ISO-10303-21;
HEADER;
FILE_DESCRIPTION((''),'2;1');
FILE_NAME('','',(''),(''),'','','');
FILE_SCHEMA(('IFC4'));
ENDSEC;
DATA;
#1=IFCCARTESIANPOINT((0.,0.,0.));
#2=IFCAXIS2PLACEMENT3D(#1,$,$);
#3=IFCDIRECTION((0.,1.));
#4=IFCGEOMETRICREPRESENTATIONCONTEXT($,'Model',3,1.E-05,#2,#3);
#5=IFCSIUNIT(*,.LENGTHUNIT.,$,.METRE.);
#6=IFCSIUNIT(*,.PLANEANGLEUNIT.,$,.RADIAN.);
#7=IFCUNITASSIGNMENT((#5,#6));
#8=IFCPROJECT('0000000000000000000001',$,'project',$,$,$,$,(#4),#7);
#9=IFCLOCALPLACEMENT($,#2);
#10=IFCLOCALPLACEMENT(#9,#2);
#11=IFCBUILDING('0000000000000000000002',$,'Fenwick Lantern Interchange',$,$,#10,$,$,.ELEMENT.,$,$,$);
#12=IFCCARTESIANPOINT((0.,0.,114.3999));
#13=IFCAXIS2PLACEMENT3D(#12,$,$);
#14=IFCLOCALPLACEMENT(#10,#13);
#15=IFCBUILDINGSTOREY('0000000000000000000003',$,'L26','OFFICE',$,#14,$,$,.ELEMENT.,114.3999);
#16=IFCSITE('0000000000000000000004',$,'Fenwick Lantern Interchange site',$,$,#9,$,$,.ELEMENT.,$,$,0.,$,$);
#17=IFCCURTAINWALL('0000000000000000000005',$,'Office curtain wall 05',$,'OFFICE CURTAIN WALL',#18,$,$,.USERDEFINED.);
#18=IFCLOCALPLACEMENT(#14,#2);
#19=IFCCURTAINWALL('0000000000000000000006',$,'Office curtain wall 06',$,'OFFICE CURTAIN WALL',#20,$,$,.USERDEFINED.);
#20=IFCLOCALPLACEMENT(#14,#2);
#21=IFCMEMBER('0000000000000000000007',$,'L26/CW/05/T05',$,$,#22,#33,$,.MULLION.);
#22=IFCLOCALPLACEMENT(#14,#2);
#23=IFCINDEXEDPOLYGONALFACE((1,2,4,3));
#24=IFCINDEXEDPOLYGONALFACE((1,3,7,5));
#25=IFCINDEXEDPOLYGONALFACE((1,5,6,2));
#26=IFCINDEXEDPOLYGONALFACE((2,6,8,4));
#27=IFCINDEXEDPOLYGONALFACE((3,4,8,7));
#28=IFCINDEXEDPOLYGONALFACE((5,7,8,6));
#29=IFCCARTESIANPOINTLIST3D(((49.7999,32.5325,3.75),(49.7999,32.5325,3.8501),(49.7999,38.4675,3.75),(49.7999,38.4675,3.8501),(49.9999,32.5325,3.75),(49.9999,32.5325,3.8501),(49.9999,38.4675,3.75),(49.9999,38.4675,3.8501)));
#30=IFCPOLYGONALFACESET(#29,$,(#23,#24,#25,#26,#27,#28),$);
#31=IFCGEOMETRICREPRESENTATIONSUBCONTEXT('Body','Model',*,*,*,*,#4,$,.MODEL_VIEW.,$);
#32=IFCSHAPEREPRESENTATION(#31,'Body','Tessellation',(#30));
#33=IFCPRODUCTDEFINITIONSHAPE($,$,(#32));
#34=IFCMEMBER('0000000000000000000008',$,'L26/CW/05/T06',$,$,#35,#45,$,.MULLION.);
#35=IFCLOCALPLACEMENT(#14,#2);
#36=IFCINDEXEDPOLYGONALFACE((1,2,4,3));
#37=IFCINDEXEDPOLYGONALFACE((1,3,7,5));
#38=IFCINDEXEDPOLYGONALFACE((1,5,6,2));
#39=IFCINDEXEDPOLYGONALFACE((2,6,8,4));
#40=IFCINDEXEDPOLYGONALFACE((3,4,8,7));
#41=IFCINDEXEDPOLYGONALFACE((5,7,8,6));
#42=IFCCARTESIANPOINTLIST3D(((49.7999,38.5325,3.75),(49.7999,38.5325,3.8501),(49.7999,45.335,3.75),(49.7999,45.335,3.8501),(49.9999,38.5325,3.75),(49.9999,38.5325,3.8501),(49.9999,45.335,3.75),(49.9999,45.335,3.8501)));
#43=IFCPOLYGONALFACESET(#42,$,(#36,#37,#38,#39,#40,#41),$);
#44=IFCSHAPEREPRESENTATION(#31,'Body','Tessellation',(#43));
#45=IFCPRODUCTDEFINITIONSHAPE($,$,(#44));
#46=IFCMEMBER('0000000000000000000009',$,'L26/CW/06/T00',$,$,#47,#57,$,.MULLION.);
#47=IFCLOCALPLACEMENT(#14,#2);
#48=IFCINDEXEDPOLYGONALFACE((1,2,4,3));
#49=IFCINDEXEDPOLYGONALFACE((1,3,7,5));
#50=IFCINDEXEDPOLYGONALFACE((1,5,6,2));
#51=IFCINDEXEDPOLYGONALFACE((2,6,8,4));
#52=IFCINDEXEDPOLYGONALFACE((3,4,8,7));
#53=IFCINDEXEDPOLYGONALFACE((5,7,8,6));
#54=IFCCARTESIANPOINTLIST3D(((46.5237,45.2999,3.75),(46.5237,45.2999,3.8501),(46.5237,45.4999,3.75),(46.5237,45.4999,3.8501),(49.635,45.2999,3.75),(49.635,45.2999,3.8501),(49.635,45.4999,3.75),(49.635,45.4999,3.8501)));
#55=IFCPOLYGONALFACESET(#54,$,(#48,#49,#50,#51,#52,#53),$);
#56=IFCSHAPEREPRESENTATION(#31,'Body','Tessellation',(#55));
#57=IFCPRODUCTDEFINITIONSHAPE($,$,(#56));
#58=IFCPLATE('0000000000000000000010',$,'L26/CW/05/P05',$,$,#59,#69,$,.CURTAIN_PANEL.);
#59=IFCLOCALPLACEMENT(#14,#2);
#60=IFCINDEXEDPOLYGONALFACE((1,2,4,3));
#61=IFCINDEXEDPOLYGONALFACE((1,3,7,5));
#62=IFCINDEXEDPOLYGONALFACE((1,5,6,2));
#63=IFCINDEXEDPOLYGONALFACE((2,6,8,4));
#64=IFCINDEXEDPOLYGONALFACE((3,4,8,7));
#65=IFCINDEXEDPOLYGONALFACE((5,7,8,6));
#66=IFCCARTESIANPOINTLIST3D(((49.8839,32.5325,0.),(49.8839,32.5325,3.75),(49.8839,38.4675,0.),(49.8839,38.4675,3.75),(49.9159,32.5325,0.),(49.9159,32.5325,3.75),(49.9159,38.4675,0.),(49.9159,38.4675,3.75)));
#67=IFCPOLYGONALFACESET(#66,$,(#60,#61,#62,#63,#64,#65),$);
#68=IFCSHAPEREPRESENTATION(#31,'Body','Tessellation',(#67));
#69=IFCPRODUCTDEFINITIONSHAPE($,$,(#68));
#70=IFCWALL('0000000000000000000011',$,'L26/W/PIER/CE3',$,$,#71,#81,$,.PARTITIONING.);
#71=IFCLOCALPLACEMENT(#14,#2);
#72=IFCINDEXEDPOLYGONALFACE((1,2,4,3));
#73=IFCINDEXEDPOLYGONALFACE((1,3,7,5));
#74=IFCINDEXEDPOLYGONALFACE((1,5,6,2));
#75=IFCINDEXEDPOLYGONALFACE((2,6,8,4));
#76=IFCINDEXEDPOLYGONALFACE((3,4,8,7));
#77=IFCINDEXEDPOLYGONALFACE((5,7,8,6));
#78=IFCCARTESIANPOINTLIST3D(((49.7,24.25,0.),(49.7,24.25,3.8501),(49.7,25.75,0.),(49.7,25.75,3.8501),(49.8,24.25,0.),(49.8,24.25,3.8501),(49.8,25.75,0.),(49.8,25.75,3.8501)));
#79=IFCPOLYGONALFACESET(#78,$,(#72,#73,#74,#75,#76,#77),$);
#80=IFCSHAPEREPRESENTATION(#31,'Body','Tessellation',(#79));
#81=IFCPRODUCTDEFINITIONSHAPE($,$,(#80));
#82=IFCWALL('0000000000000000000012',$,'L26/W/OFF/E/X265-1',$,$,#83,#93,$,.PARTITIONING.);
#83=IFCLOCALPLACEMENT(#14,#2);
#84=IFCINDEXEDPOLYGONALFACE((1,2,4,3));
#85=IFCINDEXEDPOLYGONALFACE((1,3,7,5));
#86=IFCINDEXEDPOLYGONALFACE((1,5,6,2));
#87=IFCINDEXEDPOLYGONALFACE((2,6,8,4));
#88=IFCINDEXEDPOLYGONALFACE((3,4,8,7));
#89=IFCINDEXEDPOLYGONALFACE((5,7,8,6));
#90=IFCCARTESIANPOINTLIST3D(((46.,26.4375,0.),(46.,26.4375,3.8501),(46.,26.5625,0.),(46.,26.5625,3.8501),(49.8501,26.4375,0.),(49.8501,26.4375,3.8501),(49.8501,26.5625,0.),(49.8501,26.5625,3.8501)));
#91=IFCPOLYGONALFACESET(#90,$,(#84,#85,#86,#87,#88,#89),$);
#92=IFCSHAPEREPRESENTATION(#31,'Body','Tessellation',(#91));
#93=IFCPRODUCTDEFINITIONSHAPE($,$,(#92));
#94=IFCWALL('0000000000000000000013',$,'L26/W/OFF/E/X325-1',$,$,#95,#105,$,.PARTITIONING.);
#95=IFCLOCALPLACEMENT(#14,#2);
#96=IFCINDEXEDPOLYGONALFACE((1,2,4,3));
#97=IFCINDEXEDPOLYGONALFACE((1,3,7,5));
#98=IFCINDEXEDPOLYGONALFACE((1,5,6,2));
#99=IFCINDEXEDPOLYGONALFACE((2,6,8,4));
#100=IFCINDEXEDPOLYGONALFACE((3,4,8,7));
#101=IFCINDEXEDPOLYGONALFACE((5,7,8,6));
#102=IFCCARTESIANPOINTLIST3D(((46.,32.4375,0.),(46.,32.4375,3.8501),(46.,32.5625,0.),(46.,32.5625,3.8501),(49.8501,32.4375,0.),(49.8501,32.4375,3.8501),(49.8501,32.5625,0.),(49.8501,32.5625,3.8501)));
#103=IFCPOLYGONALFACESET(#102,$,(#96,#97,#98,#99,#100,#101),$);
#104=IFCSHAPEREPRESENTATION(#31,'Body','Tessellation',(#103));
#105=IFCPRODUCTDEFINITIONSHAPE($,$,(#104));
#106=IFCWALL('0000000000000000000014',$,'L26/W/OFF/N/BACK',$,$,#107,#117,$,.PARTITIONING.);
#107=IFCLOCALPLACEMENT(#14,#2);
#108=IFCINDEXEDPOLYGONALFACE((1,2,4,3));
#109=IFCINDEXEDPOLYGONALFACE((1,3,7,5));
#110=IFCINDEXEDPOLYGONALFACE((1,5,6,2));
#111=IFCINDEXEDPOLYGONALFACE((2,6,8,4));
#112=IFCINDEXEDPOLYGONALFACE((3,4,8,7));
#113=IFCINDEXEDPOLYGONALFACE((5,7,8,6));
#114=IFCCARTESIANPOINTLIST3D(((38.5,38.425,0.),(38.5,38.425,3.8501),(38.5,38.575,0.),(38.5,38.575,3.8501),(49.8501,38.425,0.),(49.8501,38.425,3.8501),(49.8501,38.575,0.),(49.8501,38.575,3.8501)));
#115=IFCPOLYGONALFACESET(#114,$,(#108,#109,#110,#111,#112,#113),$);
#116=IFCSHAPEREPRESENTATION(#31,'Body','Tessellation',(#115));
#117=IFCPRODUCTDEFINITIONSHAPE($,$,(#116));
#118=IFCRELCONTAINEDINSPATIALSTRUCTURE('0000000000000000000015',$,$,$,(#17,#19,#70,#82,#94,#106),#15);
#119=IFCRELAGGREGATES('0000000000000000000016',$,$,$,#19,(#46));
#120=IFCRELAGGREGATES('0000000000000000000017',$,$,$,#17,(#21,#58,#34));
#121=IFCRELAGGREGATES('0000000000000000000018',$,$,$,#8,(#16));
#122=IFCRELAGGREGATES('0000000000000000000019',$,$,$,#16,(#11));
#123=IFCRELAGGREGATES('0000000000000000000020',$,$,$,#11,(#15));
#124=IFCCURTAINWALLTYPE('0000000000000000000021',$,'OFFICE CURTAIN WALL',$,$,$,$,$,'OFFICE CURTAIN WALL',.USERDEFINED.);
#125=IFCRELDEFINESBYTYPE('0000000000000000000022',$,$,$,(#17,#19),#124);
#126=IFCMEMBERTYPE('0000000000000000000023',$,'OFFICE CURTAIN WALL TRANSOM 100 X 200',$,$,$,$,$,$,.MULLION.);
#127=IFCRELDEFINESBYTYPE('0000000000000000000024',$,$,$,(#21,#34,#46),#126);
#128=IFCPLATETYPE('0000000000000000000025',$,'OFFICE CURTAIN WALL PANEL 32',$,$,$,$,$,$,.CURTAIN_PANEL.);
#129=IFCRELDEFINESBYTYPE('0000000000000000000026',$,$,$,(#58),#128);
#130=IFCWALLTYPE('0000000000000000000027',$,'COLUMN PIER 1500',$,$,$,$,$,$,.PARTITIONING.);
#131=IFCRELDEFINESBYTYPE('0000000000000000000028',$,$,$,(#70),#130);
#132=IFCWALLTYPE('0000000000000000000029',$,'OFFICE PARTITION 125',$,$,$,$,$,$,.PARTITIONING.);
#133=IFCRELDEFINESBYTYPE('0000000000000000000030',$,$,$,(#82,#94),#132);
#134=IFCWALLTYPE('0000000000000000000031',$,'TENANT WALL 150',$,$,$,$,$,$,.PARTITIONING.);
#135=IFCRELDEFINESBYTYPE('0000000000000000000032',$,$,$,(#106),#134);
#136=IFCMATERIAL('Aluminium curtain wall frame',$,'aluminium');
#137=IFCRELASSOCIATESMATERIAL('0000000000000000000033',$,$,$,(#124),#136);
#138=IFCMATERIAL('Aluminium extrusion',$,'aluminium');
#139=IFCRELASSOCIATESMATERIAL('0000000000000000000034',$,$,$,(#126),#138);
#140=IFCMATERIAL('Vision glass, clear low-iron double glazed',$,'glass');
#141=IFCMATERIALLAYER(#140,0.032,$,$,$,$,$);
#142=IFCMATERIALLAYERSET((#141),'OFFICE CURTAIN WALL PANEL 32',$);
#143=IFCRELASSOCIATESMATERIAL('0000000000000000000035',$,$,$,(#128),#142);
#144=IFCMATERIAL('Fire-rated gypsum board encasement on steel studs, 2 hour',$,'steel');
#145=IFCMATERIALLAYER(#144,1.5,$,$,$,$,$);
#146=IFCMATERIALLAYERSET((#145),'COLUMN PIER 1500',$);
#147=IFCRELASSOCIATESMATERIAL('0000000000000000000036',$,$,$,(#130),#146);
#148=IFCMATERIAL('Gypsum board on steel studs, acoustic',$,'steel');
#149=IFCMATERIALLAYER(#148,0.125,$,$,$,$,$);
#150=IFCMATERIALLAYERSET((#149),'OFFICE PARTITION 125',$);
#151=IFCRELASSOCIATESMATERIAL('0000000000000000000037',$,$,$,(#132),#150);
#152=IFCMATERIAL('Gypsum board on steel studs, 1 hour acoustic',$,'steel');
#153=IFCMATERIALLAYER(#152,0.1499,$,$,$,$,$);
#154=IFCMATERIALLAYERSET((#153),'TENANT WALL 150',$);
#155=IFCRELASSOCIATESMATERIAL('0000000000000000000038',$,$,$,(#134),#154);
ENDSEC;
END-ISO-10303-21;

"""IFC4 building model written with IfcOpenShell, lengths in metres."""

from ifc_helpers import new_model, si_unit, direction, frame, frame_2d, origin, origin_2d, place, context, subcontext, project, spatial, rectangle, extrude, material, layer, layer_set, material_profile, profile_set, type_object, element, aggregate, save


model = new_model("IFC4")

# Units and contexts
model_context = context("Model", 3, precision=1e-05, world=origin(), true_north=direction((0.0, 1.0)))
body_context = subcontext(model_context, "Body", "Model", "MODEL_VIEW")
ifc_project = project(units=[si_unit("LENGTHUNIT", "METRE"), si_unit("PLANEANGLEUNIT", "RADIAN")], contexts=[model_context])

# Site, building, storey
site_placement = place(None, origin())
site = spatial("IfcSite", under=ifc_project, at=site_placement, Name="Fenwick Lantern Interchange site", CompositionType="ELEMENT", RefElevation=0.0)
building_placement = place(site_placement, origin())
building = spatial("IfcBuilding", under=site, at=building_placement, Name="Fenwick Lantern Interchange", CompositionType="ELEMENT")
storey_placement = place(building_placement, frame((0.0, 0.0, 114.3999)))
storey = spatial("IfcBuildingStorey", under=building, at=storey_placement, Name="L26", Description="OFFICE", CompositionType="ELEMENT", Elevation=114.3999)

# Curtain walls
ifc_material_1 = material(Name="Aluminium curtain wall frame", Category="aluminium")
curtain_wall_type = type_object("IfcCurtainWallType", Name="OFFICE CURTAIN WALL", ElementType="OFFICE CURTAIN WALL", PredefinedType="USERDEFINED", material=ifc_material_1)
curtain_wall_1_placement = place(storey_placement, origin())
curtain_wall_1 = element("IfcCurtainWall", 1, at=curtain_wall_1_placement, inside=storey, type_object=curtain_wall_type, Name="Office curtain wall 05", ObjectType="OFFICE CURTAIN WALL", PredefinedType="USERDEFINED")
ifc_material_2 = material(Name="Aluminium extrusion", Category="aluminium")
curtain_wall_2_placement = place(storey_placement, origin())
curtain_wall_2 = element("IfcCurtainWall", 2, at=curtain_wall_2_placement, inside=storey, type_object=curtain_wall_type, Name="Office curtain wall 06", ObjectType="OFFICE CURTAIN WALL", PredefinedType="USERDEFINED")

# Members
ifc_material_profile_1 = material_profile(ifc_material_2, rectangle(XDim=0.2, YDim=0.1001, at=origin_2d()), Name="OFFICE CURTAIN WALL TRANSOM 100 X 200")
ifc_profile_set_1 = profile_set([ifc_material_profile_1], Name="Aluminium extrusion")
member_type_1 = type_object("IfcMemberType", Name="OFFICE CURTAIN WALL TRANSOM 100 X 200", PredefinedType="MULLION", material=ifc_profile_set_1)
member_1_placement = place(storey_placement, frame((49.8999, 32.5325, 3.8), z_axis=(0.0, 1.0, 0.0), x_axis=(-1.0, 0.0, 0.0)))
member_1 = element("IfcMember", 3, at=member_1_placement, type_object=member_type_1, Name="L26/CW/05/T05", PredefinedType="MULLION", context=body_context, shape_type="SweptSolid", body=[
    extrude(rectangle(XDim=0.2, YDim=0.1001, at=origin_2d()), origin(), (0.0, 0.0, 1.0), 5.9351),
])
member_2_placement = place(storey_placement, frame((49.8999, 38.5325, 3.8), z_axis=(0.0, 1.0, 0.0), x_axis=(-1.0, 0.0, 0.0)))
member_2 = element("IfcMember", 4, at=member_2_placement, type_object=member_type_1, Name="L26/CW/05/T06", PredefinedType="MULLION", context=body_context, shape_type="SweptSolid", body=[
    extrude(rectangle(XDim=0.2, YDim=0.1001, at=origin_2d()), origin(), (0.0, 0.0, 1.0), 6.8025),
])
member_3_placement = place(storey_placement, frame((49.635, 45.3999, 3.8), z_axis=(-1.0, 0.0, 0.0), x_axis=(0.0, -1.0, 0.0)))
member_3 = element("IfcMember", 5, at=member_3_placement, type_object=member_type_1, Name="L26/CW/06/T00", PredefinedType="MULLION", context=body_context, shape_type="SweptSolid", body=[
    extrude(rectangle(XDim=0.2, YDim=0.1001, at=origin_2d()), origin(), (0.0, 0.0, 1.0), 3.1113),
])
aggregate(curtain_wall_2, [member_3])

# Plate
ifc_material_3 = material(Name="Vision glass, clear low-iron double glazed", Category="glass")
ifc_layer_1 = layer(ifc_material_3, 0.032)
ifc_layer_set_1 = layer_set([ifc_layer_1], Name="OFFICE CURTAIN WALL PANEL 32")
plate_type = type_object("IfcPlateType", Name="OFFICE CURTAIN WALL PANEL 32", PredefinedType="CURTAIN_PANEL", material=ifc_layer_set_1)
plate_placement = place(storey_placement, frame((49.8999, 35.5, 0.0), z_axis=(0.0, 0.0, 1.0), x_axis=(0.0, 1.0, 0.0)))
plate = element("IfcPlate", 6, at=plate_placement, type_object=plate_type, Name="L26/CW/05/P05", PredefinedType="CURTAIN_PANEL", context=body_context, shape_type="SweptSolid", body=[
    extrude(rectangle(XDim=5.9351, YDim=0.032, at=origin_2d()), origin(), (0.0, 0.0, 1.0), 3.75),
])
aggregate(curtain_wall_1, [member_1, plate, member_2])

# Walls
ifc_material_4 = material(Name="Fire-rated gypsum board encasement on steel studs, 2 hour", Category="steel")
ifc_layer_2 = layer(ifc_material_4, 1.5)
ifc_layer_set_2 = layer_set([ifc_layer_2], Name="COLUMN PIER 1500")
wall_type_1 = type_object("IfcWallType", Name="COLUMN PIER 1500", PredefinedType="PARTITIONING", material=ifc_layer_set_2)
wall_1_placement = place(storey_placement, frame((49.8, 25.0, 0.0), z_axis=(0.0, 0.0, 1.0), x_axis=(-1.0, 0.0, 0.0)))
element("IfcWall", 7, at=wall_1_placement, inside=storey, type_object=wall_type_1, Name="L26/W/PIER/CE3", PredefinedType="PARTITIONING", context=body_context, shape_type="SweptSolid", body=[
    extrude(rectangle(XDim=0.1001, YDim=1.5, at=frame_2d((0.05, 0.0))), origin(), (0.0, 0.0, 1.0), 3.8501),
])
ifc_material_5 = material(Name="Gypsum board on steel studs, acoustic", Category="steel")
ifc_layer_3 = layer(ifc_material_5, 0.125)
ifc_layer_set_3 = layer_set([ifc_layer_3], Name="OFFICE PARTITION 125")
wall_type_2 = type_object("IfcWallType", Name="OFFICE PARTITION 125", PredefinedType="PARTITIONING", material=ifc_layer_set_3)
for number, where, z_axis, x_axis, name in (
    (8, (49.8501, 26.5, 0.0), (0.0, 0.0, 1.0), (-1.0, 0.0, 0.0), "L26/W/OFF/E/X265-1"),
    (9, (49.8501, 32.5, 0.0), (0.0, 0.0, 1.0), (-1.0, 0.0, 0.0), "L26/W/OFF/E/X325-1"),
):
    element("IfcWall", number, at=place(storey_placement, frame(where, z_axis=z_axis, x_axis=x_axis)), inside=storey, type_object=wall_type_2, Name=name, PredefinedType="PARTITIONING", context=body_context, shape_type="SweptSolid", body=[
        extrude(rectangle(XDim=3.8501, YDim=0.125, at=frame_2d((1.925, 0.0))), origin(), (0.0, 0.0, 1.0), 3.8501),
    ])
ifc_material_6 = material(Name="Gypsum board on steel studs, 1 hour acoustic", Category="steel")
ifc_layer_4 = layer(ifc_material_6, 0.1499)
ifc_layer_set_4 = layer_set([ifc_layer_4], Name="TENANT WALL 150")
wall_type_3 = type_object("IfcWallType", Name="TENANT WALL 150", PredefinedType="PARTITIONING", material=ifc_layer_set_4)
wall_2_placement = place(storey_placement, frame((49.8501, 38.5, 0.0), z_axis=(0.0, 0.0, 1.0), x_axis=(-1.0, 0.0, 0.0)))
element("IfcWall", 10, at=wall_2_placement, inside=storey, type_object=wall_type_3, Name="L26/W/OFF/N/BACK", PredefinedType="PARTITIONING", context=body_context, shape_type="SweptSolid", body=[
    extrude(rectangle(XDim=11.3501, YDim=0.1499, at=frame_2d((5.675, 0.0))), origin(), (0.0, 0.0, 1.0), 3.8501),
])

save(model, "model.ifc")
